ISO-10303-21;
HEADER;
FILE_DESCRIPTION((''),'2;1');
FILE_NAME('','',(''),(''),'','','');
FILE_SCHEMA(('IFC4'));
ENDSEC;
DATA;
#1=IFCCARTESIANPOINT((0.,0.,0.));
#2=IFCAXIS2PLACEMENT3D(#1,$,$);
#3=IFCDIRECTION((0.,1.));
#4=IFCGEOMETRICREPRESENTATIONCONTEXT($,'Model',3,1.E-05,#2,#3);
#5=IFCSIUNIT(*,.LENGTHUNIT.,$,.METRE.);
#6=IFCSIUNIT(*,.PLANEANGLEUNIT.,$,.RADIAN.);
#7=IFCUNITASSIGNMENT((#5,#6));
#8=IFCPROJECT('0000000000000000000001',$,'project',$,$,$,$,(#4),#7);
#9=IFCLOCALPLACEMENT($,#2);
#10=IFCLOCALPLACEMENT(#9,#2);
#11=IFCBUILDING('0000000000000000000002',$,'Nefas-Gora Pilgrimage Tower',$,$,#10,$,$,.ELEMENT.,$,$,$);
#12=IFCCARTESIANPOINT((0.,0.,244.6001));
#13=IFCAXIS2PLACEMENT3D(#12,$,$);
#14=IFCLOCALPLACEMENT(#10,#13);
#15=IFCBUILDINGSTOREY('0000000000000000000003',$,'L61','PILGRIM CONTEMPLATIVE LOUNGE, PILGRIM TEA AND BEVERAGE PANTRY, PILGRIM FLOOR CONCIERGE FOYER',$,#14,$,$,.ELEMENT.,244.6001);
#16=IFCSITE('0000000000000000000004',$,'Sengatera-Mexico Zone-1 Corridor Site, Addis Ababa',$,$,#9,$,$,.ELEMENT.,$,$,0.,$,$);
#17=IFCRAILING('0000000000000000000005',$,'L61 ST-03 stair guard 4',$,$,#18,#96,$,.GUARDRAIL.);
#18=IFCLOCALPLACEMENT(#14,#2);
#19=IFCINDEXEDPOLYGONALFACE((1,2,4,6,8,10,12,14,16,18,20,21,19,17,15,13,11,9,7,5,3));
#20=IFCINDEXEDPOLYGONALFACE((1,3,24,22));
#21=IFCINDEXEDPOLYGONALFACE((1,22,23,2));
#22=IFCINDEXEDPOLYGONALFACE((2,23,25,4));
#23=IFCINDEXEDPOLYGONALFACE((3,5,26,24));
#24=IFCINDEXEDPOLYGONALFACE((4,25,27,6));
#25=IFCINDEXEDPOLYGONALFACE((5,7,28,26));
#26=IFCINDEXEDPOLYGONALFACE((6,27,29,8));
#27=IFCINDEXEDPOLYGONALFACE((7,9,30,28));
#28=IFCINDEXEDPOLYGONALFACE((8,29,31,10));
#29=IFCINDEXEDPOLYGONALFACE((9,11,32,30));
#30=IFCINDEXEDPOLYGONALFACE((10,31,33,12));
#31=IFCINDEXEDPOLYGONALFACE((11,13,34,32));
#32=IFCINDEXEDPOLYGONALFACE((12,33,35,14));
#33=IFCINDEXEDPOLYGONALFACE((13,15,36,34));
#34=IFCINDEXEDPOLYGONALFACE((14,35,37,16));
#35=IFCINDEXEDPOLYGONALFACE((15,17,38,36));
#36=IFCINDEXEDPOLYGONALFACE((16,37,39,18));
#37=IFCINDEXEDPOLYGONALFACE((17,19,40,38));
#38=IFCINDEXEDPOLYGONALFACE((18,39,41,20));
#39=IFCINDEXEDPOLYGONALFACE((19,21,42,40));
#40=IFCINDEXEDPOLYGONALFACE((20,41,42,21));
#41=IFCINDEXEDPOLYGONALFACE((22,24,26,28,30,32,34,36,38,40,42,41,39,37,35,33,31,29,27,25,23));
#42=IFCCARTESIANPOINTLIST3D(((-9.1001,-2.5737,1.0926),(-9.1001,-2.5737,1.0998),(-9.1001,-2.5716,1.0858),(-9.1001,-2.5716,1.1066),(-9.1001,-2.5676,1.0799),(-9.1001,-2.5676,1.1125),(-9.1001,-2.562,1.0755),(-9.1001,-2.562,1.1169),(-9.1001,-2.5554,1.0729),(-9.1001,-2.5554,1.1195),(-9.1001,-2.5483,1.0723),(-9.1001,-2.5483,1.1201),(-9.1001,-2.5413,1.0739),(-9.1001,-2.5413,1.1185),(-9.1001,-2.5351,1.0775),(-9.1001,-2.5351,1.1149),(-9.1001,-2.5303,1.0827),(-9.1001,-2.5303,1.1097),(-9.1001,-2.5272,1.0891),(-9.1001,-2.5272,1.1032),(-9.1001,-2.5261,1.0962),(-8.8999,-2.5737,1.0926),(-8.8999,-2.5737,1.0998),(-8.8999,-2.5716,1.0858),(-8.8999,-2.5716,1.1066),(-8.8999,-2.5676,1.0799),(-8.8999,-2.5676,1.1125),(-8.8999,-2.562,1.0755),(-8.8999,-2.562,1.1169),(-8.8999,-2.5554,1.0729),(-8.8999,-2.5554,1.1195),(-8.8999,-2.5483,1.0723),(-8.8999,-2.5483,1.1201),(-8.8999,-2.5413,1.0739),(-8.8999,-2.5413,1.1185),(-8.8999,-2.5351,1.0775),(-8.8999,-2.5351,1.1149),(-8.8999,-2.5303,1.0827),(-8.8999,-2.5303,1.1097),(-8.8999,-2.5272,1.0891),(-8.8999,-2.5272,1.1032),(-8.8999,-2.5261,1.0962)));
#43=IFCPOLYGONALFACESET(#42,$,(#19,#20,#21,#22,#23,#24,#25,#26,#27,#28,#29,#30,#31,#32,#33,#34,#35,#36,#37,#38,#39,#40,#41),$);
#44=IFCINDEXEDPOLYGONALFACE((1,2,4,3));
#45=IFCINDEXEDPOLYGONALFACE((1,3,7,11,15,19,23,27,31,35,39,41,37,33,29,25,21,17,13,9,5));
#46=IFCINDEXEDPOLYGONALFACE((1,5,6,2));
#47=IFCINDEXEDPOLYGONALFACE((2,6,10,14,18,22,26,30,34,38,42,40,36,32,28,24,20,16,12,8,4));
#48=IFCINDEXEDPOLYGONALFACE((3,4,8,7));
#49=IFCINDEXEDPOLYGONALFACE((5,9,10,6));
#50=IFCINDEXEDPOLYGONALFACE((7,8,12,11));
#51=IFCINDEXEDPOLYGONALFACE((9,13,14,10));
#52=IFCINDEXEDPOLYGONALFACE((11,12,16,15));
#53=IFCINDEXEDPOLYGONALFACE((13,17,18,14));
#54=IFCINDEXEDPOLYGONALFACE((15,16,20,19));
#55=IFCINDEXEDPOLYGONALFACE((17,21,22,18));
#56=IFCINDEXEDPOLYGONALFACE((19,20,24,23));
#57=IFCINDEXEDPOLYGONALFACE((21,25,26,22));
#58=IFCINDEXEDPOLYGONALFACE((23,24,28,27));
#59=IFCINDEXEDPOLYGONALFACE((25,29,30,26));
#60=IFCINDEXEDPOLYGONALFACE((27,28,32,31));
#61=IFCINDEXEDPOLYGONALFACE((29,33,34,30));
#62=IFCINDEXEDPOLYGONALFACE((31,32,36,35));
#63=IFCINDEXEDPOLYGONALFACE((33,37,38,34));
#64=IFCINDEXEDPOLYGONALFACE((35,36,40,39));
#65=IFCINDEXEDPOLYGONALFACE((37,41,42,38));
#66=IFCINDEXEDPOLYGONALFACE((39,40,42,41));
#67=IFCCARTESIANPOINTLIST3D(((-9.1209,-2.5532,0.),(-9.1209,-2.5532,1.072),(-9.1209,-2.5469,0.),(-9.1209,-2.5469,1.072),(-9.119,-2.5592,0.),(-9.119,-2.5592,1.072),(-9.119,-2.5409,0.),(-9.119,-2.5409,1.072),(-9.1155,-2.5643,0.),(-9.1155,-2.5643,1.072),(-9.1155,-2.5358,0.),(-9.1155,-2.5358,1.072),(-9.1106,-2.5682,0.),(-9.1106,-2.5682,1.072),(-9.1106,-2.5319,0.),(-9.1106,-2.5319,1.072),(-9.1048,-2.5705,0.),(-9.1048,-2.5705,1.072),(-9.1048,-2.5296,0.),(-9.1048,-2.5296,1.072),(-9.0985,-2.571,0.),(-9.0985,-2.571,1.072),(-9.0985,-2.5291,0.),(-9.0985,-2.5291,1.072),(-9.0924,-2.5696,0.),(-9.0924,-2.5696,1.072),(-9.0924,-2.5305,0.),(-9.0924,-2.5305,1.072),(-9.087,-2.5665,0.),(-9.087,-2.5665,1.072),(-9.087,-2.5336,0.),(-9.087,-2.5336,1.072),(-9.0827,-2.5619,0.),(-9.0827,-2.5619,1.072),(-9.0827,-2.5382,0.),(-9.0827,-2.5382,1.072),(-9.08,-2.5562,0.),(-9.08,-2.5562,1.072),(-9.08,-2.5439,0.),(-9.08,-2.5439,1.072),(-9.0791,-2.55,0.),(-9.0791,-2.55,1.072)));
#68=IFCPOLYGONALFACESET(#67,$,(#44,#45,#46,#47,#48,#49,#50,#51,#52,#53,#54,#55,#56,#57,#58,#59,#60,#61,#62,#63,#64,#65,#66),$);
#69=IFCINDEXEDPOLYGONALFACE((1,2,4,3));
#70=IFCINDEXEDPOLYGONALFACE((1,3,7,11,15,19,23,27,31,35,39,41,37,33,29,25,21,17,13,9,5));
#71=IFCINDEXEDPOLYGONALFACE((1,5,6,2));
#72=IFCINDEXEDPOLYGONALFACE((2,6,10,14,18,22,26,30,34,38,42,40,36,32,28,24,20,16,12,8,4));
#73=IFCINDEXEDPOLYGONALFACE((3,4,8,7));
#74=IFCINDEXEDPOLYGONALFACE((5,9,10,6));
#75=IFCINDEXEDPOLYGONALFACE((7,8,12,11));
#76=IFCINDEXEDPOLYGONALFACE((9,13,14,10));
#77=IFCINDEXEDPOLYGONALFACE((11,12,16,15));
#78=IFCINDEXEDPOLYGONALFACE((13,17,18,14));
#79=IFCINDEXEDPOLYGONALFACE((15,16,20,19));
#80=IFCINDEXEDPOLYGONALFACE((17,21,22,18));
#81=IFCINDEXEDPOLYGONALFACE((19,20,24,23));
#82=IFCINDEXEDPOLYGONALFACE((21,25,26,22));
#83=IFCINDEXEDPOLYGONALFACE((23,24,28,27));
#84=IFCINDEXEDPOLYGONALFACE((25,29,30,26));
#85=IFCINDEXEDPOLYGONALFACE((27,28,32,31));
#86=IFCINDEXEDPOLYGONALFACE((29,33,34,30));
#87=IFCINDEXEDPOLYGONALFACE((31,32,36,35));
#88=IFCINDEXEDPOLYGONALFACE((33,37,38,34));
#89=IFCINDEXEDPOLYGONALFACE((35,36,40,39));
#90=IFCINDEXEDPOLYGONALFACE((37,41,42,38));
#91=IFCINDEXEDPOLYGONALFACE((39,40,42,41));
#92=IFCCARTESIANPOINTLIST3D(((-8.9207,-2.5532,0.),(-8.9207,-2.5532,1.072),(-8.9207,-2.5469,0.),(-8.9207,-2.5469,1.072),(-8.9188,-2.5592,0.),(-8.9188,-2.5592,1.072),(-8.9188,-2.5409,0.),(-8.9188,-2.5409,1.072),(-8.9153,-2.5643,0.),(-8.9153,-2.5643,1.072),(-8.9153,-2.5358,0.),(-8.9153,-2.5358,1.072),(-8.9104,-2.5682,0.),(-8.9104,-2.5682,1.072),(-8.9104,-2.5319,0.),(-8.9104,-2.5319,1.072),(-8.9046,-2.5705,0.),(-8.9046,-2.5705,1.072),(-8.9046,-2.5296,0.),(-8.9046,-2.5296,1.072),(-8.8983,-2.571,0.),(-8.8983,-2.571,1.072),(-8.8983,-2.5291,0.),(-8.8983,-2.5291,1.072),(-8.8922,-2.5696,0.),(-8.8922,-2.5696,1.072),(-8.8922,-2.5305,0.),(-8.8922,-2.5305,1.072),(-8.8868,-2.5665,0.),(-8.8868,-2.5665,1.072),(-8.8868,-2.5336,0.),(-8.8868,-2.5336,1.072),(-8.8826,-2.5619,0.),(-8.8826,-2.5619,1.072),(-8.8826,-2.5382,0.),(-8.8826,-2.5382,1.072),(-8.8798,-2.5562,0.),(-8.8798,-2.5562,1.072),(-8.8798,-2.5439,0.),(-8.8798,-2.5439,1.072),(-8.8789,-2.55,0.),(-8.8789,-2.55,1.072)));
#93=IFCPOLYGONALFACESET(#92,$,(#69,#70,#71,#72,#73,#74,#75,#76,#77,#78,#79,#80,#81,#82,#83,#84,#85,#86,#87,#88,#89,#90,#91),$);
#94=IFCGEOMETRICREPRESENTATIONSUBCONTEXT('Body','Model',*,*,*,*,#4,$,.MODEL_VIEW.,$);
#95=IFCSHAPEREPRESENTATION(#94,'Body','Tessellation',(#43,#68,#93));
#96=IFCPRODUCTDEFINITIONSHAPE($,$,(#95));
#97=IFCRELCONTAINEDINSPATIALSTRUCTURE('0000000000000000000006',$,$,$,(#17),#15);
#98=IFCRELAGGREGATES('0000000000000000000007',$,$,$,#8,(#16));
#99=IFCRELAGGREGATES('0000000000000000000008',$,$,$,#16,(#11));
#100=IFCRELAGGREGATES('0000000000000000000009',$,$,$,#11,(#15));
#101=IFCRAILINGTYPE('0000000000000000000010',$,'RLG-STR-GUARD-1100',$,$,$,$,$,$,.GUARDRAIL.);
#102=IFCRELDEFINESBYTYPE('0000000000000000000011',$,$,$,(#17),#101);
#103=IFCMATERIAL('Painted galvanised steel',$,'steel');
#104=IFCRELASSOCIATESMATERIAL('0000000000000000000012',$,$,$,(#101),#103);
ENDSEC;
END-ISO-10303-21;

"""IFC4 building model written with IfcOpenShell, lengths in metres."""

from ifc_helpers import new_model, si_unit, direction, frame, origin, origin_2d, place, context, subcontext, project, spatial, circle, extrude, material, type_object, element, save


model = new_model("IFC4")

# Units and contexts
model_context = context("Model", 3, precision=1e-05, world=origin(), true_north=direction((0.0, 1.0)))
body_context = subcontext(model_context, "Body", "Model", "MODEL_VIEW")
ifc_project = project(units=[si_unit("LENGTHUNIT", "METRE"), si_unit("PLANEANGLEUNIT", "RADIAN")], contexts=[model_context])

# Site, building, storey
site_placement = place(None, origin())
site = spatial("IfcSite", under=ifc_project, at=site_placement, Name="Sengatera-Mexico Zone-1 Corridor Site, Addis Ababa", CompositionType="ELEMENT", RefElevation=0.0)
building_placement = place(site_placement, origin())
building = spatial("IfcBuilding", under=site, at=building_placement, Name="Nefas-Gora Pilgrimage Tower", CompositionType="ELEMENT")
storey_placement = place(building_placement, frame((0.0, 0.0, 244.6001)))
storey = spatial("IfcBuildingStorey", under=building, at=storey_placement, Name="L61", Description="PILGRIM CONTEMPLATIVE LOUNGE, PILGRIM TEA AND BEVERAGE PANTRY, PILGRIM FLOOR CONCIERGE FOYER", CompositionType="ELEMENT", Elevation=244.6001)

# Railing
ifc_material_1 = material(Name="Painted galvanised steel", Category="steel")
railing_type_1 = type_object("IfcRailingType", Name="RLG-STR-GUARD-1100", PredefinedType="GUARDRAIL", material=ifc_material_1)
railing_1_placement = place(storey_placement, frame((-9.1001, -2.55, 0.0)))
element("IfcRailing", 1, at=railing_1_placement, inside=storey, type_object=railing_type_1, Name="L61 ST-03 stair guard 4", PredefinedType="GUARDRAIL", context=body_context, shape_type="SweptSolid", body=[
    extrude(circle(Radius=0.0239, at=origin_2d()), frame((0.0, 0.0, 1.0962), z_axis=(1.0, 0.0, 0.0), x_axis=(0.0, 1.0, 0.0)), (0.0, 0.0, 1.0), 0.2002),
    extrude(circle(Radius=0.021, at=origin_2d()), origin(), (0.0, 0.0, 1.0), 1.072),
    extrude(circle(Radius=0.021, at=origin_2d()), frame((0.2002, 0.0, 0.0)), (0.0, 0.0, 1.0), 1.072),
])

save(model, "model.ifc")
